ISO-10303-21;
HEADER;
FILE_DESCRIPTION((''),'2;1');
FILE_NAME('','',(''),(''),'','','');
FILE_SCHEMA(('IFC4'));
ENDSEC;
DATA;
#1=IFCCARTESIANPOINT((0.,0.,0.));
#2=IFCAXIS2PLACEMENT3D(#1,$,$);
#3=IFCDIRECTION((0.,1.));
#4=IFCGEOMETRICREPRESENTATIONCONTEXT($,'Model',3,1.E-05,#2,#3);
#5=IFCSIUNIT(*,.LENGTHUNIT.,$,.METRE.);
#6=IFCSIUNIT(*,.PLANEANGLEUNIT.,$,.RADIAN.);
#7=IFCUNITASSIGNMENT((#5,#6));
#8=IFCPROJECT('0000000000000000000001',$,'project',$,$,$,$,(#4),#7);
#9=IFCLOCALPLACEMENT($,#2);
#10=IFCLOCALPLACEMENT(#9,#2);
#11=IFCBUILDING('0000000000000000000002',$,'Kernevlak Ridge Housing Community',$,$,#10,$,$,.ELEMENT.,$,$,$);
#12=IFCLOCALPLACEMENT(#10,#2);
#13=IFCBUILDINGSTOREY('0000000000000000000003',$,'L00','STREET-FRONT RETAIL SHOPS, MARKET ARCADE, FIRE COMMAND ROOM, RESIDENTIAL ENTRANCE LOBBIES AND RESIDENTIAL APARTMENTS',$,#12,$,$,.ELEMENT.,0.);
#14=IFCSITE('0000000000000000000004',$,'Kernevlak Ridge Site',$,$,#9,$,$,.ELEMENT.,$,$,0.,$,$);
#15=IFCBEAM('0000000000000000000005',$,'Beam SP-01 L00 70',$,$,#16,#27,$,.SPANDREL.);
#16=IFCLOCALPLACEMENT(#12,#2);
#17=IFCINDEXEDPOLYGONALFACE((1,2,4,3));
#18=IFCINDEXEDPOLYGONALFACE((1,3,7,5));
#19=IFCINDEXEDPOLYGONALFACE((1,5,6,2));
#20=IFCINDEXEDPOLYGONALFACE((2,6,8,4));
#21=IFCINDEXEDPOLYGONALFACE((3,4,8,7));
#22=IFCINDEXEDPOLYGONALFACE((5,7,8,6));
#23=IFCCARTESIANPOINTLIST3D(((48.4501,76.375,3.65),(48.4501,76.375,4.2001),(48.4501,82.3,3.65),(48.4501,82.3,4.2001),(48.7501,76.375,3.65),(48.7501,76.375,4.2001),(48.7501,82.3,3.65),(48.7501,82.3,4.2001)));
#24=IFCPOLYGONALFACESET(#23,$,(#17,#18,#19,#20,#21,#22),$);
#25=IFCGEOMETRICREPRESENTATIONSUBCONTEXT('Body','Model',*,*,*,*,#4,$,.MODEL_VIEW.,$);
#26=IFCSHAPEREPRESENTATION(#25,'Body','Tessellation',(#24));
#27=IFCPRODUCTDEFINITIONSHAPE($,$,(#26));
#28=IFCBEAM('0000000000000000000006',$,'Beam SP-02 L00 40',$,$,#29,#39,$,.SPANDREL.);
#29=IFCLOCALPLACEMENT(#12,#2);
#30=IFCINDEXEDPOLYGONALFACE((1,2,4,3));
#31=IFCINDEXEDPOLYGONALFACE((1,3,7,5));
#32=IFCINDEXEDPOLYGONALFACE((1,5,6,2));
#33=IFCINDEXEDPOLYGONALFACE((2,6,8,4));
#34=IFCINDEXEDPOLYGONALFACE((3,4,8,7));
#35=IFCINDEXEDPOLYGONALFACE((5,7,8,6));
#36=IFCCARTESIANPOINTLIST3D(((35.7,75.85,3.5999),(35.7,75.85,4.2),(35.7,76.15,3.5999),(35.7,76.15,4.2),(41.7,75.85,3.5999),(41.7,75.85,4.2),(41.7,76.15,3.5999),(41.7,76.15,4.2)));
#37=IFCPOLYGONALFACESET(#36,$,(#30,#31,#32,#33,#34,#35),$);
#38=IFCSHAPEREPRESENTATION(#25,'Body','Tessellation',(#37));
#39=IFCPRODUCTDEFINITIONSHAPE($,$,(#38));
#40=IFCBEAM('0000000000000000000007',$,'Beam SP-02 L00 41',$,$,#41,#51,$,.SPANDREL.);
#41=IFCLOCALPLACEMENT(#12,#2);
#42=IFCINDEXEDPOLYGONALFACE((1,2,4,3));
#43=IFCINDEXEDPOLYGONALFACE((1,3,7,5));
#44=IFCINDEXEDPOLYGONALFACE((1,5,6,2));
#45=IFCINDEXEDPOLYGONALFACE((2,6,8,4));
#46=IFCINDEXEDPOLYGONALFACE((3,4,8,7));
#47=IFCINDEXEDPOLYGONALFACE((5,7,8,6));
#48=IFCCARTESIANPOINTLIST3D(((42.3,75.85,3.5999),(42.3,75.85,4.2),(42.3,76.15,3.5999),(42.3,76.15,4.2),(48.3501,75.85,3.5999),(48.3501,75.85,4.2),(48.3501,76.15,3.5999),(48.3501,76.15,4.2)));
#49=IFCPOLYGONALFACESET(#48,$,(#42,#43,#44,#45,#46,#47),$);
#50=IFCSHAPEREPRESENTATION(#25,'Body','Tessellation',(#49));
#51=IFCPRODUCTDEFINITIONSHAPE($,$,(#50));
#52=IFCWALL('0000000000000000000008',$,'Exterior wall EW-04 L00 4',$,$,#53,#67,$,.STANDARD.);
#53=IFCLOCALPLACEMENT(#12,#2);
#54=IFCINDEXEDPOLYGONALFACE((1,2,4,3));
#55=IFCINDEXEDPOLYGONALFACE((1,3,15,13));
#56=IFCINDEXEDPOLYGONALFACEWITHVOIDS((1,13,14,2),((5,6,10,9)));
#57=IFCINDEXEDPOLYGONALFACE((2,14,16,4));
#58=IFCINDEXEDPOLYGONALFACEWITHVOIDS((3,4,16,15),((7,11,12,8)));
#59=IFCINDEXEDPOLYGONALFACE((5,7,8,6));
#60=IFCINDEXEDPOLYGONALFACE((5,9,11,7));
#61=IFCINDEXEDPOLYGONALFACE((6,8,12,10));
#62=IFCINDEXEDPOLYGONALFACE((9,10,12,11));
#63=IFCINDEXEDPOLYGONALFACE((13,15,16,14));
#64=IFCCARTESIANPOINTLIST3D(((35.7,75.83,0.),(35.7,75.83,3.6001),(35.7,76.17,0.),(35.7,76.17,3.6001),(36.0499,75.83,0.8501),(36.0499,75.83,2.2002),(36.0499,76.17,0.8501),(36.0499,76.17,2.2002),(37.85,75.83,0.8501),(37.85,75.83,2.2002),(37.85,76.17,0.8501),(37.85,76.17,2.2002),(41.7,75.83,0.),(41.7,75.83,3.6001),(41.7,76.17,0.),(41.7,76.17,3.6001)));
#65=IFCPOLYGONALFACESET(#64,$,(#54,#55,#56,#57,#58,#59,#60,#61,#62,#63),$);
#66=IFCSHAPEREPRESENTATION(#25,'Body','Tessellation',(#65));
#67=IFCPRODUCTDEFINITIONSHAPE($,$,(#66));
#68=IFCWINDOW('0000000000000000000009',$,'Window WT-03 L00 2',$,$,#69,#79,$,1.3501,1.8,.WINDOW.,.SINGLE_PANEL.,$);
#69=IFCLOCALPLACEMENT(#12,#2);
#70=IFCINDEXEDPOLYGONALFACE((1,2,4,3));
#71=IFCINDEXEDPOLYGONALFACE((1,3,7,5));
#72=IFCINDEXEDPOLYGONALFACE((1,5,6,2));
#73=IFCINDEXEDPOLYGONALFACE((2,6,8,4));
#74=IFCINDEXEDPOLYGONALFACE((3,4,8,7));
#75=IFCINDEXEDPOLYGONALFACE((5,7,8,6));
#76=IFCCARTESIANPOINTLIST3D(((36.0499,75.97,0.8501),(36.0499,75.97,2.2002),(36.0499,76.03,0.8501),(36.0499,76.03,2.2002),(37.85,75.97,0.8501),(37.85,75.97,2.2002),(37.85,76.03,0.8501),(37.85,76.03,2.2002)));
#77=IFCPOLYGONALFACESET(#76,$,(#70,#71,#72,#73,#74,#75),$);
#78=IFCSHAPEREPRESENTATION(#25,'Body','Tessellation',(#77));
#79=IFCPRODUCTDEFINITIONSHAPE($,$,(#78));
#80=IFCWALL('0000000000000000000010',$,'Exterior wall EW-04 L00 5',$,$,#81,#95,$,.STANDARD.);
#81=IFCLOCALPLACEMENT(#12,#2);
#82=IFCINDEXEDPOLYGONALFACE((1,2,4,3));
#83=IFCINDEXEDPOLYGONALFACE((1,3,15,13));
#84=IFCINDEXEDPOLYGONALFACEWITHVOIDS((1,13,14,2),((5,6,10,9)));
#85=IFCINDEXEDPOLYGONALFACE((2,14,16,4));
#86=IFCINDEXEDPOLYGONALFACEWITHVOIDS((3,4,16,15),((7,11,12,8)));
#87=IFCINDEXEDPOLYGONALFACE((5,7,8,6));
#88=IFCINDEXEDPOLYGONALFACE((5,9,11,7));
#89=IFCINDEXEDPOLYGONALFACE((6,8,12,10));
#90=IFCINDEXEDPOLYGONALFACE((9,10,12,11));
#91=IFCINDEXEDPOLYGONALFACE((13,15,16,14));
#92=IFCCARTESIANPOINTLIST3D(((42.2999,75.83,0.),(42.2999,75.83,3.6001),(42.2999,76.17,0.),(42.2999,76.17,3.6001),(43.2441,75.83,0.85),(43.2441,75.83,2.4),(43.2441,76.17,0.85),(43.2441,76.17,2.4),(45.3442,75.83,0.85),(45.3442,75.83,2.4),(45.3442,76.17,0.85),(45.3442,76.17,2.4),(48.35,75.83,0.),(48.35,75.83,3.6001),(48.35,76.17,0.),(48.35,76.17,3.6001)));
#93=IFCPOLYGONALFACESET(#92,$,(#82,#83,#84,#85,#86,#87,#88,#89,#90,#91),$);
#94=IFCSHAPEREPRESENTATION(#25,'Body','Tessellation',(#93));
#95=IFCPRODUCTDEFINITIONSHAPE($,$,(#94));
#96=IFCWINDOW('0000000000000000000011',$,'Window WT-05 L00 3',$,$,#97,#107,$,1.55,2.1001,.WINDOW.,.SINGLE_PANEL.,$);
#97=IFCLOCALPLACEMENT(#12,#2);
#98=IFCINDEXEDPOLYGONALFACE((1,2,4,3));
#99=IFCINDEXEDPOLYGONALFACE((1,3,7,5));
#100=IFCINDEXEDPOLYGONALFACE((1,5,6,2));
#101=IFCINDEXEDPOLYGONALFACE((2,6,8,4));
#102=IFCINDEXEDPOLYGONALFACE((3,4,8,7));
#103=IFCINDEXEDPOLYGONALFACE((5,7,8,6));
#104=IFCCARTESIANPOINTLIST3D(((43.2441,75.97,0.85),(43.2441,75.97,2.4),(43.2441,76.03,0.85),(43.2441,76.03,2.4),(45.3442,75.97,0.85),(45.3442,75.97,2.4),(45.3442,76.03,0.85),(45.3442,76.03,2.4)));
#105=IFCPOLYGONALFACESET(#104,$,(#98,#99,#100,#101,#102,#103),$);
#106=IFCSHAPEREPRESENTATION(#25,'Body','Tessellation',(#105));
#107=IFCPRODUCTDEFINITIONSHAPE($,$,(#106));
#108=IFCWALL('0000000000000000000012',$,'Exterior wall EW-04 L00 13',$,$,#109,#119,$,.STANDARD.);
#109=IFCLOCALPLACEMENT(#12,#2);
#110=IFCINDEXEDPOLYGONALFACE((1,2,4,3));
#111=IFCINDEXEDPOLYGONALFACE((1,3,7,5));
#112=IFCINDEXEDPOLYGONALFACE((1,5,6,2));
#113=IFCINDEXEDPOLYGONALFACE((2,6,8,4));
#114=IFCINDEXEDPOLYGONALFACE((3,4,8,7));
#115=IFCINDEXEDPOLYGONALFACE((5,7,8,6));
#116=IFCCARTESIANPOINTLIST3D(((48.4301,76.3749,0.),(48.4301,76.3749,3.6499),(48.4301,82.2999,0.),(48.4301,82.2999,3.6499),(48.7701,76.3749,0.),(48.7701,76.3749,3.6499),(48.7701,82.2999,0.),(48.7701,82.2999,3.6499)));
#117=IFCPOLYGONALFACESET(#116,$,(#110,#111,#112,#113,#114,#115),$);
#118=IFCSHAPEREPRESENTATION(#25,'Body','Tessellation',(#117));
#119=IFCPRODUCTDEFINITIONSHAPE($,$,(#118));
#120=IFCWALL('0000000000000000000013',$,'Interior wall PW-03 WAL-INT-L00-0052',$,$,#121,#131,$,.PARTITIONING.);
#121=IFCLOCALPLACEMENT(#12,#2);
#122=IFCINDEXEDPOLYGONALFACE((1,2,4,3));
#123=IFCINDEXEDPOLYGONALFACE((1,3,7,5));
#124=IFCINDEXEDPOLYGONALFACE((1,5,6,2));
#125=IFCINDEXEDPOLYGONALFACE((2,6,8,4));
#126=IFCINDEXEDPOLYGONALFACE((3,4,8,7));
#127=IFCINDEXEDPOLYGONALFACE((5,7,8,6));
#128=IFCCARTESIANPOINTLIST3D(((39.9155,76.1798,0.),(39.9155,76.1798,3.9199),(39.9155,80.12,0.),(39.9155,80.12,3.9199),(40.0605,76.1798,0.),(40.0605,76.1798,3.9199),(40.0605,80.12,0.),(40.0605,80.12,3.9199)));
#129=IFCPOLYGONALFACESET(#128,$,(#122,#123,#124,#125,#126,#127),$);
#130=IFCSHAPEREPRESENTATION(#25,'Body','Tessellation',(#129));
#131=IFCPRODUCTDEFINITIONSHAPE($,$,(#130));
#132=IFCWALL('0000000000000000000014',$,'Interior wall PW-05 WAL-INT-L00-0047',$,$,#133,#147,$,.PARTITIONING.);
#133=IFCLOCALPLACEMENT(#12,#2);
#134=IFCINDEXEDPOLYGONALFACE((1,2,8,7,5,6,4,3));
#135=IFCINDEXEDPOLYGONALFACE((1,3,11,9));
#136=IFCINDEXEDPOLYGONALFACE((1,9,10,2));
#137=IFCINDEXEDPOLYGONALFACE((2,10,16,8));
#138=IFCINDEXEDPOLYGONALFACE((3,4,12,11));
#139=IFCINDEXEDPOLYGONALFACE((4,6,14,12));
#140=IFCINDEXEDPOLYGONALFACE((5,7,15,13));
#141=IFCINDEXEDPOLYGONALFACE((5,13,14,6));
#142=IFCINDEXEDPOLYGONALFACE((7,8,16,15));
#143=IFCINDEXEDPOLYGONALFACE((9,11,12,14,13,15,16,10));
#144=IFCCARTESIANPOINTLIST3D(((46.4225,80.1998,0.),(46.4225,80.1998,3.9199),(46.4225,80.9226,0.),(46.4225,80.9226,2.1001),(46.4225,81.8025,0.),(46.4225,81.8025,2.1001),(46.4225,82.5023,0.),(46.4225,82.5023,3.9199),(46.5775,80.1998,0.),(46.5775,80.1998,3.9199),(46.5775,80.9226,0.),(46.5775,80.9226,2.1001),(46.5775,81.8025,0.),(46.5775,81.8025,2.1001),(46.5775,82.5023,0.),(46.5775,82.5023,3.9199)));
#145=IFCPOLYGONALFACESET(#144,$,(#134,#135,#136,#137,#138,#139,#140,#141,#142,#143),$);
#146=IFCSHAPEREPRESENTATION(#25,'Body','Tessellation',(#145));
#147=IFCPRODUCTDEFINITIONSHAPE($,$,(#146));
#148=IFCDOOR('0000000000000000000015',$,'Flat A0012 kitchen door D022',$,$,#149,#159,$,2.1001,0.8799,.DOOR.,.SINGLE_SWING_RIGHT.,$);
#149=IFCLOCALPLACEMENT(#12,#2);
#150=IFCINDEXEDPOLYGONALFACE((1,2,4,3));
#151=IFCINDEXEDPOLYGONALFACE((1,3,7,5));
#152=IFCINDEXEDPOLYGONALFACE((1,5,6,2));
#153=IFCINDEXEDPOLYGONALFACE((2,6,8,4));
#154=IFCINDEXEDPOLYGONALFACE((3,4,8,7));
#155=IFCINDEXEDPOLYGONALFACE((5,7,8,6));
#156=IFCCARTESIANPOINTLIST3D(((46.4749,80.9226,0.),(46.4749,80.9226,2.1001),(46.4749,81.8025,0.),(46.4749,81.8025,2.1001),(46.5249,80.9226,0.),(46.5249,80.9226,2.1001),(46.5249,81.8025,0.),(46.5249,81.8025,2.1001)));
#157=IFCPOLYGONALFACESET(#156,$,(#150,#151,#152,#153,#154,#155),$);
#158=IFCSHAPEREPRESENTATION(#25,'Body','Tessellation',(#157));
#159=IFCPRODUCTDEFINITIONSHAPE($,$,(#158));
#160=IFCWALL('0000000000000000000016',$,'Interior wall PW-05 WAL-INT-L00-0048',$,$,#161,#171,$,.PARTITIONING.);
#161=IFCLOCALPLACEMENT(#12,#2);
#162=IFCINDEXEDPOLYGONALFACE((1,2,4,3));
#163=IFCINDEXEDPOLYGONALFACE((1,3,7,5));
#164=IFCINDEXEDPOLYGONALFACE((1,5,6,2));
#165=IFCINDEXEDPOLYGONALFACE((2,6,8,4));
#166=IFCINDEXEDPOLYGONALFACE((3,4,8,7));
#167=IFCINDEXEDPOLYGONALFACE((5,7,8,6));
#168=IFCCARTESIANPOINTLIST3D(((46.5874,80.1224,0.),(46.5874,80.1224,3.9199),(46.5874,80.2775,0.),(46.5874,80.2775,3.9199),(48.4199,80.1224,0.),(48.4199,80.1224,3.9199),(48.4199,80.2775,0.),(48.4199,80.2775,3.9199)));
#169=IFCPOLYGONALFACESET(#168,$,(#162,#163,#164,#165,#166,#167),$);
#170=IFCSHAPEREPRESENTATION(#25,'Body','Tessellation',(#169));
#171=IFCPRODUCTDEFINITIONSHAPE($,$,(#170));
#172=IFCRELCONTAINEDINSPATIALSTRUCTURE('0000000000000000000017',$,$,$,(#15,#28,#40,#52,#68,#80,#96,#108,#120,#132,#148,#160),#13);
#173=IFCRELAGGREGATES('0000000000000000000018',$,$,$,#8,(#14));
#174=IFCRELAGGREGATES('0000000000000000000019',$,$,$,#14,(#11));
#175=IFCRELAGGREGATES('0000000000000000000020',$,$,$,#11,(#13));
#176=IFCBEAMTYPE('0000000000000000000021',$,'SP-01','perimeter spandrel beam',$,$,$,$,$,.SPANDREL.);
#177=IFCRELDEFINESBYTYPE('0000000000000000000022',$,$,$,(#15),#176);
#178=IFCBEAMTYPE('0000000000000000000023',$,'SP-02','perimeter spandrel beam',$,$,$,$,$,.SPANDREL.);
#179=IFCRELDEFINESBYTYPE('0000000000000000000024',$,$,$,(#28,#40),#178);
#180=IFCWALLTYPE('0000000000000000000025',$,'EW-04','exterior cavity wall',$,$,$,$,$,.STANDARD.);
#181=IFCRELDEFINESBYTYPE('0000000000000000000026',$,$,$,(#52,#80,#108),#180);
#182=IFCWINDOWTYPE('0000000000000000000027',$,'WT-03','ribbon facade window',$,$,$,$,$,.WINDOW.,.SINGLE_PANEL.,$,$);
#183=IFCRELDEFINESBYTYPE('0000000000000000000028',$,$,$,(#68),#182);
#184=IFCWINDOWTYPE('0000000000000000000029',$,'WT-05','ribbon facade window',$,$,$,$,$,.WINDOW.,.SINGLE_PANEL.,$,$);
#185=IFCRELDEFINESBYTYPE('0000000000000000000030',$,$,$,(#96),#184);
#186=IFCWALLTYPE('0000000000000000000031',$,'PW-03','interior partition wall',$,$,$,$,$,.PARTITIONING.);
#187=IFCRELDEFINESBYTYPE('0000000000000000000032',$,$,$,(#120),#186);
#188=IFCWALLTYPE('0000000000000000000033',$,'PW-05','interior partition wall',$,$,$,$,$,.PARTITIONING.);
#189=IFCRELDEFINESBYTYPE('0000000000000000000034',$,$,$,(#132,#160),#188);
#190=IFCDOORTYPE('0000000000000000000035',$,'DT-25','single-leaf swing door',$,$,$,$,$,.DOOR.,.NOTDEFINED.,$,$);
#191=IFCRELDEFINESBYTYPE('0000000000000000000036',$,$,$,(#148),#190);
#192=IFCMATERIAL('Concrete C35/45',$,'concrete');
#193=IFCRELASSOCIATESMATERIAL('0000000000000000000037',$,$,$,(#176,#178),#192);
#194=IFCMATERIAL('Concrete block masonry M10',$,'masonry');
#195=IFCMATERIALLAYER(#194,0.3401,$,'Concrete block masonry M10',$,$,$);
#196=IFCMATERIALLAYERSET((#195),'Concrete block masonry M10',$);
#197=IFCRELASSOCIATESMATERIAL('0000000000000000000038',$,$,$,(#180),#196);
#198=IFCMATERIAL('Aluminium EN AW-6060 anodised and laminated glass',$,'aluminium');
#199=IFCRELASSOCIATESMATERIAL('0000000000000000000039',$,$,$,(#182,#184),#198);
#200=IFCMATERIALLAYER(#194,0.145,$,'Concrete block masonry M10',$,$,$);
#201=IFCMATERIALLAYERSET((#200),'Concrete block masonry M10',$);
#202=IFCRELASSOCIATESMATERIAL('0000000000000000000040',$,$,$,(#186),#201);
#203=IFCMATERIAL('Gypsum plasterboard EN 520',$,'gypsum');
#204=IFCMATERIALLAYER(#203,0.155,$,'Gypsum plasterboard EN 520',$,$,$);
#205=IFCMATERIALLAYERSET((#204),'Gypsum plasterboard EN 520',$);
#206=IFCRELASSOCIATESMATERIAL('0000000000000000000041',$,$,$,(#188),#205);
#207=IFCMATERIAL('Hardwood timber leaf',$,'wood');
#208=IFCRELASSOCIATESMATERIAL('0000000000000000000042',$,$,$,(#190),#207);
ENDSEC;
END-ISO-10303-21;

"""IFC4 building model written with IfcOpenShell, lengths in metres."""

from ifc_helpers import new_model, si_unit, direction, frame, frame_2d, origin, origin_2d, place, context, subcontext, project, spatial, rectangle, extrude, material, layer, layer_set, material_profile, profile_set, type_object, element, fill, save


model = new_model("IFC4")

# Units and contexts
model_context = context("Model", 3, precision=1e-05, world=origin(), true_north=direction((0.0, 1.0)))
body_context = subcontext(model_context, "Body", "Model", "MODEL_VIEW")
ifc_project = project(units=[si_unit("LENGTHUNIT", "METRE"), si_unit("PLANEANGLEUNIT", "RADIAN")], contexts=[model_context])

# Site, building, storey
site_placement = place(None, origin())
site = spatial("IfcSite", under=ifc_project, at=site_placement, Name="Kernevlak Ridge Site", CompositionType="ELEMENT", RefElevation=0.0)
building_placement = place(site_placement, origin())
building = spatial("IfcBuilding", under=site, at=building_placement, Name="Kernevlak Ridge Housing Community", CompositionType="ELEMENT")
storey_placement = place(building_placement, origin())
storey = spatial("IfcBuildingStorey", under=building, at=storey_placement, Name="L00", Description="STREET-FRONT RETAIL SHOPS, MARKET ARCADE, FIRE COMMAND ROOM, RESIDENTIAL ENTRANCE LOBBIES AND RESIDENTIAL APARTMENTS", CompositionType="ELEMENT", Elevation=0.0)

# Shared definitions
ifc_material_1 = material(Name="Concrete C35/45", Category="concrete")

# Beams
ifc_material_profile_1 = material_profile(ifc_material_1, rectangle(XDim=0.3, YDim=0.55, at=origin_2d()), Name="RC 300x550")
ifc_profile_set_1 = profile_set([ifc_material_profile_1], Name="Concrete C35/45")
beam_type_1 = type_object("IfcBeamType", Name="SP-01", Description="perimeter spandrel beam", PredefinedType="SPANDREL", material=ifc_profile_set_1)
beam_1_placement = place(storey_placement, frame((48.6001, 76.375, 3.925), z_axis=(0.0, 1.0, 0.0), x_axis=(-1.0, 0.0, 0.0)))
element("IfcBeam", 1, at=beam_1_placement, inside=storey, type_object=beam_type_1, Name="Beam SP-01 L00 70", PredefinedType="SPANDREL", context=body_context, shape_type="SweptSolid", body=[
    extrude(rectangle(XDim=0.3, YDim=0.55, at=origin_2d()), origin(), (0.0, 0.0, 1.0), 5.925),
])
ifc_material_profile_2 = material_profile(ifc_material_1, rectangle(XDim=0.3, YDim=0.6001, at=origin_2d()), Name="RC 300x600")
ifc_profile_set_2 = profile_set([ifc_material_profile_2], Name="Concrete C35/45")
beam_type_2 = type_object("IfcBeamType", Name="SP-02", Description="perimeter spandrel beam", PredefinedType="SPANDREL", material=ifc_profile_set_2)
beam_2_placement = place(storey_placement, frame((35.7, 76.0, 3.8999), z_axis=(1.0, 0.0, 0.0), x_axis=(0.0, 1.0, 0.0)))
element("IfcBeam", 2, at=beam_2_placement, inside=storey, type_object=beam_type_2, Name="Beam SP-02 L00 40", PredefinedType="SPANDREL", context=body_context, shape_type="SweptSolid", body=[
    extrude(rectangle(XDim=0.3, YDim=0.6001, at=origin_2d()), origin(), (0.0, 0.0, 1.0), 6.0),
])
beam_3_placement = place(storey_placement, frame((42.3, 76.0, 3.8999), z_axis=(1.0, 0.0, 0.0), x_axis=(0.0, 1.0, 0.0)))
element("IfcBeam", 3, at=beam_3_placement, inside=storey, type_object=beam_type_2, Name="Beam SP-02 L00 41", PredefinedType="SPANDREL", context=body_context, shape_type="SweptSolid", body=[
    extrude(rectangle(XDim=0.3, YDim=0.6001, at=origin_2d()), origin(), (0.0, 0.0, 1.0), 6.05),
])

# Walls, openings, windows
ifc_material_2 = material(Name="Concrete block masonry M10", Category="masonry")
ifc_layer_1 = layer(ifc_material_2, 0.3401, Name="Concrete block masonry M10")
ifc_layer_set_1 = layer_set([ifc_layer_1], Name="Concrete block masonry M10")
wall_type_1 = type_object("IfcWallType", Name="EW-04", Description="exterior cavity wall", PredefinedType="STANDARD", material=ifc_layer_set_1)
wall_1_placement = place(storey_placement, frame((35.7, 76.0, 0.0), z_axis=(0.0, 0.0, 1.0), x_axis=(1.0, 0.0, 0.0)))
wall_1 = element("IfcWall", 4, at=wall_1_placement, inside=storey, type_object=wall_type_1, Name="Exterior wall EW-04 L00 4", PredefinedType="STANDARD", context=body_context, shape_type="SweptSolid", body=[
    extrude(rectangle(XDim=6.0, YDim=0.3401, at=frame_2d((3.0, 0.0))), origin(), (0.0, 0.0, 1.0), 3.6001),
])
opening_1_placement = place(wall_1_placement, frame((0.3501, 0.0, 0.8501)))
opening_1 = element("IfcOpeningElement", 5, at=opening_1_placement, cuts=wall_1, PredefinedType="OPENING", context=body_context, shape_type="SweptSolid", body=[
    extrude(rectangle(XDim=1.8, YDim=1.3501, at=frame_2d((0.8999, 0.675))), frame((0.0, 0.1799, 0.0), z_axis=(0.0, -1.0, 0.0), x_axis=(1.0, 0.0, 0.0)), (0.0, 0.0, 1.0), 0.3601),
])
ifc_material_3 = material(Name="Aluminium EN AW-6060 anodised and laminated glass", Category="aluminium")
window_type_1 = type_object("IfcWindowType", Name="WT-03", Description="ribbon facade window", PartitioningType="SINGLE_PANEL", PredefinedType="WINDOW", material=ifc_material_3)
window_1_placement = place(opening_1_placement, origin())
window_1 = element("IfcWindow", 6, at=window_1_placement, inside=storey, type_object=window_type_1, Name="Window WT-03 L00 2", OverallHeight=1.3501, OverallWidth=1.8, PartitioningType="SINGLE_PANEL", PredefinedType="WINDOW", context=body_context, shape_type="SweptSolid", body=[
    extrude(rectangle(XDim=1.8, YDim=1.3501, at=frame_2d((0.8999, 0.675))), frame((0.0, 0.03, 0.0), z_axis=(0.0, -1.0, 0.0), x_axis=(1.0, 0.0, 0.0)), (0.0, 0.0, 1.0), 0.0601),
])
fill(opening_1, window_1)
wall_2_placement = place(storey_placement, frame((42.3, 76.0, 0.0), z_axis=(0.0, 0.0, 1.0), x_axis=(1.0, 0.0, 0.0)))
wall_2 = element("IfcWall", 7, at=wall_2_placement, inside=storey, type_object=wall_type_1, Name="Exterior wall EW-04 L00 5", PredefinedType="STANDARD", context=body_context, shape_type="SweptSolid", body=[
    extrude(rectangle(XDim=6.05, YDim=0.3401, at=frame_2d((3.0249, 0.0))), origin(), (0.0, 0.0, 1.0), 3.6001),
])
opening_2_placement = place(wall_2_placement, frame((0.9441, 0.0, 0.8501)))
opening_2 = element("IfcOpeningElement", 8, at=opening_2_placement, cuts=wall_2, PredefinedType="OPENING", context=body_context, shape_type="SweptSolid", body=[
    extrude(rectangle(XDim=2.1001, YDim=1.55, at=frame_2d((1.05, 0.7749))), frame((0.0, 0.1799, 0.0), z_axis=(0.0, -1.0, 0.0), x_axis=(1.0, 0.0, 0.0)), (0.0, 0.0, 1.0), 0.3601),
])
window_type_2 = type_object("IfcWindowType", Name="WT-05", Description="ribbon facade window", PartitioningType="SINGLE_PANEL", PredefinedType="WINDOW", material=ifc_material_3)
window_2_placement = place(opening_2_placement, origin())
window_2 = element("IfcWindow", 9, at=window_2_placement, inside=storey, type_object=window_type_2, Name="Window WT-05 L00 3", OverallHeight=1.55, OverallWidth=2.1001, PartitioningType="SINGLE_PANEL", PredefinedType="WINDOW", context=body_context, shape_type="SweptSolid", body=[
    extrude(rectangle(XDim=2.1001, YDim=1.55, at=frame_2d((1.05, 0.7749))), frame((0.0, 0.03, 0.0), z_axis=(0.0, -1.0, 0.0), x_axis=(1.0, 0.0, 0.0)), (0.0, 0.0, 1.0), 0.0601),
])
fill(opening_2, window_2)

# Walls
wall_3_placement = place(storey_placement, frame((48.6001, 76.375, 0.0), z_axis=(0.0, 0.0, 1.0), x_axis=(0.0, 1.0, 0.0)))
element("IfcWall", 10, at=wall_3_placement, inside=storey, type_object=wall_type_1, Name="Exterior wall EW-04 L00 13", PredefinedType="STANDARD", context=body_context, shape_type="SweptSolid", body=[
    extrude(rectangle(XDim=5.925, YDim=0.3401, at=frame_2d((2.9624, 0.0))), origin(), (0.0, 0.0, 1.0), 3.6499),
])
ifc_layer_2 = layer(ifc_material_2, 0.145, Name="Concrete block masonry M10")
ifc_layer_set_2 = layer_set([ifc_layer_2], Name="Concrete block masonry M10")
wall_type_2 = type_object("IfcWallType", Name="PW-03", Description="interior partition wall", PredefinedType="PARTITIONING", material=ifc_layer_set_2)
wall_4_placement = place(storey_placement, frame((39.988, 80.1201, 0.0), z_axis=(0.0, 0.0, 1.0), x_axis=(0.0, -1.0, 0.0)))
element("IfcWall", 11, at=wall_4_placement, inside=storey, type_object=wall_type_2, Name="Interior wall PW-03 WAL-INT-L00-0052", PredefinedType="PARTITIONING", context=body_context, shape_type="SweptSolid", body=[
    extrude(rectangle(XDim=3.9402, YDim=0.145, at=frame_2d((1.9702, 0.0))), origin(), (0.0, 0.0, 1.0), 3.9199),
])

# Wall, opening, door
ifc_material_4 = material(Name="Gypsum plasterboard EN 520", Category="gypsum")
ifc_layer_3 = layer(ifc_material_4, 0.155, Name="Gypsum plasterboard EN 520")
ifc_layer_set_3 = layer_set([ifc_layer_3], Name="Gypsum plasterboard EN 520")
wall_type_3 = type_object("IfcWallType", Name="PW-05", Description="interior partition wall", PredefinedType="PARTITIONING", material=ifc_layer_set_3)
wall_5_placement = place(storey_placement, frame((46.5, 82.5024, 0.0), z_axis=(0.0, 0.0, 1.0), x_axis=(0.0, -1.0, 0.0)))
wall_5 = element("IfcWall", 12, at=wall_5_placement, inside=storey, type_object=wall_type_3, Name="Interior wall PW-05 WAL-INT-L00-0047", PredefinedType="PARTITIONING", context=body_context, shape_type="SweptSolid", body=[
    extrude(rectangle(XDim=2.3025, YDim=0.155, at=frame_2d((1.1514, 0.0))), origin(), (0.0, 0.0, 1.0), 3.9199),
])
opening_3_placement = place(wall_5_placement, frame((0.7, 0.0, 0.0)))
opening_3 = element("IfcOpeningElement", 13, at=opening_3_placement, cuts=wall_5, PredefinedType="OPENING", context=body_context, shape_type="SweptSolid", body=[
    extrude(rectangle(XDim=0.8799, YDim=2.1001, at=frame_2d((0.4399, 1.05))), frame((0.0, 0.0874, 0.0), z_axis=(0.0, -1.0, 0.0), x_axis=(1.0, 0.0, 0.0)), (0.0, 0.0, 1.0), 0.175),
])
ifc_material_5 = material(Name="Hardwood timber leaf", Category="wood")
door_type = type_object("IfcDoorType", Name="DT-25", Description="single-leaf swing door", OperationType="NOTDEFINED", PredefinedType="DOOR", material=ifc_material_5)
door_placement = place(opening_3_placement, origin())
door = element("IfcDoor", 14, at=door_placement, inside=storey, type_object=door_type, Name="Flat A0012 kitchen door D022", OperationType="SINGLE_SWING_RIGHT", OverallHeight=2.1001, OverallWidth=0.8799, PredefinedType="DOOR", context=body_context, shape_type="SweptSolid", body=[
    extrude(rectangle(XDim=0.8799, YDim=2.1001, at=frame_2d((0.4399, 1.05))), frame((0.0, 0.0249, 0.0), z_axis=(0.0, -1.0, 0.0), x_axis=(1.0, 0.0, 0.0)), (0.0, 0.0, 1.0), 0.05),
])
fill(opening_3, door)

# Wall
wall_6_placement = place(storey_placement, frame((46.5874, 80.2, 0.0), z_axis=(0.0, 0.0, 1.0), x_axis=(1.0, 0.0, 0.0)))
element("IfcWall", 15, at=wall_6_placement, inside=storey, type_object=wall_type_3, Name="Interior wall PW-05 WAL-INT-L00-0048", PredefinedType="PARTITIONING", context=body_context, shape_type="SweptSolid", body=[
    extrude(rectangle(XDim=1.8325, YDim=0.155, at=frame_2d((0.9163, 0.0))), origin(), (0.0, 0.0, 1.0), 3.9199),
])

save(model, "model.ifc")
